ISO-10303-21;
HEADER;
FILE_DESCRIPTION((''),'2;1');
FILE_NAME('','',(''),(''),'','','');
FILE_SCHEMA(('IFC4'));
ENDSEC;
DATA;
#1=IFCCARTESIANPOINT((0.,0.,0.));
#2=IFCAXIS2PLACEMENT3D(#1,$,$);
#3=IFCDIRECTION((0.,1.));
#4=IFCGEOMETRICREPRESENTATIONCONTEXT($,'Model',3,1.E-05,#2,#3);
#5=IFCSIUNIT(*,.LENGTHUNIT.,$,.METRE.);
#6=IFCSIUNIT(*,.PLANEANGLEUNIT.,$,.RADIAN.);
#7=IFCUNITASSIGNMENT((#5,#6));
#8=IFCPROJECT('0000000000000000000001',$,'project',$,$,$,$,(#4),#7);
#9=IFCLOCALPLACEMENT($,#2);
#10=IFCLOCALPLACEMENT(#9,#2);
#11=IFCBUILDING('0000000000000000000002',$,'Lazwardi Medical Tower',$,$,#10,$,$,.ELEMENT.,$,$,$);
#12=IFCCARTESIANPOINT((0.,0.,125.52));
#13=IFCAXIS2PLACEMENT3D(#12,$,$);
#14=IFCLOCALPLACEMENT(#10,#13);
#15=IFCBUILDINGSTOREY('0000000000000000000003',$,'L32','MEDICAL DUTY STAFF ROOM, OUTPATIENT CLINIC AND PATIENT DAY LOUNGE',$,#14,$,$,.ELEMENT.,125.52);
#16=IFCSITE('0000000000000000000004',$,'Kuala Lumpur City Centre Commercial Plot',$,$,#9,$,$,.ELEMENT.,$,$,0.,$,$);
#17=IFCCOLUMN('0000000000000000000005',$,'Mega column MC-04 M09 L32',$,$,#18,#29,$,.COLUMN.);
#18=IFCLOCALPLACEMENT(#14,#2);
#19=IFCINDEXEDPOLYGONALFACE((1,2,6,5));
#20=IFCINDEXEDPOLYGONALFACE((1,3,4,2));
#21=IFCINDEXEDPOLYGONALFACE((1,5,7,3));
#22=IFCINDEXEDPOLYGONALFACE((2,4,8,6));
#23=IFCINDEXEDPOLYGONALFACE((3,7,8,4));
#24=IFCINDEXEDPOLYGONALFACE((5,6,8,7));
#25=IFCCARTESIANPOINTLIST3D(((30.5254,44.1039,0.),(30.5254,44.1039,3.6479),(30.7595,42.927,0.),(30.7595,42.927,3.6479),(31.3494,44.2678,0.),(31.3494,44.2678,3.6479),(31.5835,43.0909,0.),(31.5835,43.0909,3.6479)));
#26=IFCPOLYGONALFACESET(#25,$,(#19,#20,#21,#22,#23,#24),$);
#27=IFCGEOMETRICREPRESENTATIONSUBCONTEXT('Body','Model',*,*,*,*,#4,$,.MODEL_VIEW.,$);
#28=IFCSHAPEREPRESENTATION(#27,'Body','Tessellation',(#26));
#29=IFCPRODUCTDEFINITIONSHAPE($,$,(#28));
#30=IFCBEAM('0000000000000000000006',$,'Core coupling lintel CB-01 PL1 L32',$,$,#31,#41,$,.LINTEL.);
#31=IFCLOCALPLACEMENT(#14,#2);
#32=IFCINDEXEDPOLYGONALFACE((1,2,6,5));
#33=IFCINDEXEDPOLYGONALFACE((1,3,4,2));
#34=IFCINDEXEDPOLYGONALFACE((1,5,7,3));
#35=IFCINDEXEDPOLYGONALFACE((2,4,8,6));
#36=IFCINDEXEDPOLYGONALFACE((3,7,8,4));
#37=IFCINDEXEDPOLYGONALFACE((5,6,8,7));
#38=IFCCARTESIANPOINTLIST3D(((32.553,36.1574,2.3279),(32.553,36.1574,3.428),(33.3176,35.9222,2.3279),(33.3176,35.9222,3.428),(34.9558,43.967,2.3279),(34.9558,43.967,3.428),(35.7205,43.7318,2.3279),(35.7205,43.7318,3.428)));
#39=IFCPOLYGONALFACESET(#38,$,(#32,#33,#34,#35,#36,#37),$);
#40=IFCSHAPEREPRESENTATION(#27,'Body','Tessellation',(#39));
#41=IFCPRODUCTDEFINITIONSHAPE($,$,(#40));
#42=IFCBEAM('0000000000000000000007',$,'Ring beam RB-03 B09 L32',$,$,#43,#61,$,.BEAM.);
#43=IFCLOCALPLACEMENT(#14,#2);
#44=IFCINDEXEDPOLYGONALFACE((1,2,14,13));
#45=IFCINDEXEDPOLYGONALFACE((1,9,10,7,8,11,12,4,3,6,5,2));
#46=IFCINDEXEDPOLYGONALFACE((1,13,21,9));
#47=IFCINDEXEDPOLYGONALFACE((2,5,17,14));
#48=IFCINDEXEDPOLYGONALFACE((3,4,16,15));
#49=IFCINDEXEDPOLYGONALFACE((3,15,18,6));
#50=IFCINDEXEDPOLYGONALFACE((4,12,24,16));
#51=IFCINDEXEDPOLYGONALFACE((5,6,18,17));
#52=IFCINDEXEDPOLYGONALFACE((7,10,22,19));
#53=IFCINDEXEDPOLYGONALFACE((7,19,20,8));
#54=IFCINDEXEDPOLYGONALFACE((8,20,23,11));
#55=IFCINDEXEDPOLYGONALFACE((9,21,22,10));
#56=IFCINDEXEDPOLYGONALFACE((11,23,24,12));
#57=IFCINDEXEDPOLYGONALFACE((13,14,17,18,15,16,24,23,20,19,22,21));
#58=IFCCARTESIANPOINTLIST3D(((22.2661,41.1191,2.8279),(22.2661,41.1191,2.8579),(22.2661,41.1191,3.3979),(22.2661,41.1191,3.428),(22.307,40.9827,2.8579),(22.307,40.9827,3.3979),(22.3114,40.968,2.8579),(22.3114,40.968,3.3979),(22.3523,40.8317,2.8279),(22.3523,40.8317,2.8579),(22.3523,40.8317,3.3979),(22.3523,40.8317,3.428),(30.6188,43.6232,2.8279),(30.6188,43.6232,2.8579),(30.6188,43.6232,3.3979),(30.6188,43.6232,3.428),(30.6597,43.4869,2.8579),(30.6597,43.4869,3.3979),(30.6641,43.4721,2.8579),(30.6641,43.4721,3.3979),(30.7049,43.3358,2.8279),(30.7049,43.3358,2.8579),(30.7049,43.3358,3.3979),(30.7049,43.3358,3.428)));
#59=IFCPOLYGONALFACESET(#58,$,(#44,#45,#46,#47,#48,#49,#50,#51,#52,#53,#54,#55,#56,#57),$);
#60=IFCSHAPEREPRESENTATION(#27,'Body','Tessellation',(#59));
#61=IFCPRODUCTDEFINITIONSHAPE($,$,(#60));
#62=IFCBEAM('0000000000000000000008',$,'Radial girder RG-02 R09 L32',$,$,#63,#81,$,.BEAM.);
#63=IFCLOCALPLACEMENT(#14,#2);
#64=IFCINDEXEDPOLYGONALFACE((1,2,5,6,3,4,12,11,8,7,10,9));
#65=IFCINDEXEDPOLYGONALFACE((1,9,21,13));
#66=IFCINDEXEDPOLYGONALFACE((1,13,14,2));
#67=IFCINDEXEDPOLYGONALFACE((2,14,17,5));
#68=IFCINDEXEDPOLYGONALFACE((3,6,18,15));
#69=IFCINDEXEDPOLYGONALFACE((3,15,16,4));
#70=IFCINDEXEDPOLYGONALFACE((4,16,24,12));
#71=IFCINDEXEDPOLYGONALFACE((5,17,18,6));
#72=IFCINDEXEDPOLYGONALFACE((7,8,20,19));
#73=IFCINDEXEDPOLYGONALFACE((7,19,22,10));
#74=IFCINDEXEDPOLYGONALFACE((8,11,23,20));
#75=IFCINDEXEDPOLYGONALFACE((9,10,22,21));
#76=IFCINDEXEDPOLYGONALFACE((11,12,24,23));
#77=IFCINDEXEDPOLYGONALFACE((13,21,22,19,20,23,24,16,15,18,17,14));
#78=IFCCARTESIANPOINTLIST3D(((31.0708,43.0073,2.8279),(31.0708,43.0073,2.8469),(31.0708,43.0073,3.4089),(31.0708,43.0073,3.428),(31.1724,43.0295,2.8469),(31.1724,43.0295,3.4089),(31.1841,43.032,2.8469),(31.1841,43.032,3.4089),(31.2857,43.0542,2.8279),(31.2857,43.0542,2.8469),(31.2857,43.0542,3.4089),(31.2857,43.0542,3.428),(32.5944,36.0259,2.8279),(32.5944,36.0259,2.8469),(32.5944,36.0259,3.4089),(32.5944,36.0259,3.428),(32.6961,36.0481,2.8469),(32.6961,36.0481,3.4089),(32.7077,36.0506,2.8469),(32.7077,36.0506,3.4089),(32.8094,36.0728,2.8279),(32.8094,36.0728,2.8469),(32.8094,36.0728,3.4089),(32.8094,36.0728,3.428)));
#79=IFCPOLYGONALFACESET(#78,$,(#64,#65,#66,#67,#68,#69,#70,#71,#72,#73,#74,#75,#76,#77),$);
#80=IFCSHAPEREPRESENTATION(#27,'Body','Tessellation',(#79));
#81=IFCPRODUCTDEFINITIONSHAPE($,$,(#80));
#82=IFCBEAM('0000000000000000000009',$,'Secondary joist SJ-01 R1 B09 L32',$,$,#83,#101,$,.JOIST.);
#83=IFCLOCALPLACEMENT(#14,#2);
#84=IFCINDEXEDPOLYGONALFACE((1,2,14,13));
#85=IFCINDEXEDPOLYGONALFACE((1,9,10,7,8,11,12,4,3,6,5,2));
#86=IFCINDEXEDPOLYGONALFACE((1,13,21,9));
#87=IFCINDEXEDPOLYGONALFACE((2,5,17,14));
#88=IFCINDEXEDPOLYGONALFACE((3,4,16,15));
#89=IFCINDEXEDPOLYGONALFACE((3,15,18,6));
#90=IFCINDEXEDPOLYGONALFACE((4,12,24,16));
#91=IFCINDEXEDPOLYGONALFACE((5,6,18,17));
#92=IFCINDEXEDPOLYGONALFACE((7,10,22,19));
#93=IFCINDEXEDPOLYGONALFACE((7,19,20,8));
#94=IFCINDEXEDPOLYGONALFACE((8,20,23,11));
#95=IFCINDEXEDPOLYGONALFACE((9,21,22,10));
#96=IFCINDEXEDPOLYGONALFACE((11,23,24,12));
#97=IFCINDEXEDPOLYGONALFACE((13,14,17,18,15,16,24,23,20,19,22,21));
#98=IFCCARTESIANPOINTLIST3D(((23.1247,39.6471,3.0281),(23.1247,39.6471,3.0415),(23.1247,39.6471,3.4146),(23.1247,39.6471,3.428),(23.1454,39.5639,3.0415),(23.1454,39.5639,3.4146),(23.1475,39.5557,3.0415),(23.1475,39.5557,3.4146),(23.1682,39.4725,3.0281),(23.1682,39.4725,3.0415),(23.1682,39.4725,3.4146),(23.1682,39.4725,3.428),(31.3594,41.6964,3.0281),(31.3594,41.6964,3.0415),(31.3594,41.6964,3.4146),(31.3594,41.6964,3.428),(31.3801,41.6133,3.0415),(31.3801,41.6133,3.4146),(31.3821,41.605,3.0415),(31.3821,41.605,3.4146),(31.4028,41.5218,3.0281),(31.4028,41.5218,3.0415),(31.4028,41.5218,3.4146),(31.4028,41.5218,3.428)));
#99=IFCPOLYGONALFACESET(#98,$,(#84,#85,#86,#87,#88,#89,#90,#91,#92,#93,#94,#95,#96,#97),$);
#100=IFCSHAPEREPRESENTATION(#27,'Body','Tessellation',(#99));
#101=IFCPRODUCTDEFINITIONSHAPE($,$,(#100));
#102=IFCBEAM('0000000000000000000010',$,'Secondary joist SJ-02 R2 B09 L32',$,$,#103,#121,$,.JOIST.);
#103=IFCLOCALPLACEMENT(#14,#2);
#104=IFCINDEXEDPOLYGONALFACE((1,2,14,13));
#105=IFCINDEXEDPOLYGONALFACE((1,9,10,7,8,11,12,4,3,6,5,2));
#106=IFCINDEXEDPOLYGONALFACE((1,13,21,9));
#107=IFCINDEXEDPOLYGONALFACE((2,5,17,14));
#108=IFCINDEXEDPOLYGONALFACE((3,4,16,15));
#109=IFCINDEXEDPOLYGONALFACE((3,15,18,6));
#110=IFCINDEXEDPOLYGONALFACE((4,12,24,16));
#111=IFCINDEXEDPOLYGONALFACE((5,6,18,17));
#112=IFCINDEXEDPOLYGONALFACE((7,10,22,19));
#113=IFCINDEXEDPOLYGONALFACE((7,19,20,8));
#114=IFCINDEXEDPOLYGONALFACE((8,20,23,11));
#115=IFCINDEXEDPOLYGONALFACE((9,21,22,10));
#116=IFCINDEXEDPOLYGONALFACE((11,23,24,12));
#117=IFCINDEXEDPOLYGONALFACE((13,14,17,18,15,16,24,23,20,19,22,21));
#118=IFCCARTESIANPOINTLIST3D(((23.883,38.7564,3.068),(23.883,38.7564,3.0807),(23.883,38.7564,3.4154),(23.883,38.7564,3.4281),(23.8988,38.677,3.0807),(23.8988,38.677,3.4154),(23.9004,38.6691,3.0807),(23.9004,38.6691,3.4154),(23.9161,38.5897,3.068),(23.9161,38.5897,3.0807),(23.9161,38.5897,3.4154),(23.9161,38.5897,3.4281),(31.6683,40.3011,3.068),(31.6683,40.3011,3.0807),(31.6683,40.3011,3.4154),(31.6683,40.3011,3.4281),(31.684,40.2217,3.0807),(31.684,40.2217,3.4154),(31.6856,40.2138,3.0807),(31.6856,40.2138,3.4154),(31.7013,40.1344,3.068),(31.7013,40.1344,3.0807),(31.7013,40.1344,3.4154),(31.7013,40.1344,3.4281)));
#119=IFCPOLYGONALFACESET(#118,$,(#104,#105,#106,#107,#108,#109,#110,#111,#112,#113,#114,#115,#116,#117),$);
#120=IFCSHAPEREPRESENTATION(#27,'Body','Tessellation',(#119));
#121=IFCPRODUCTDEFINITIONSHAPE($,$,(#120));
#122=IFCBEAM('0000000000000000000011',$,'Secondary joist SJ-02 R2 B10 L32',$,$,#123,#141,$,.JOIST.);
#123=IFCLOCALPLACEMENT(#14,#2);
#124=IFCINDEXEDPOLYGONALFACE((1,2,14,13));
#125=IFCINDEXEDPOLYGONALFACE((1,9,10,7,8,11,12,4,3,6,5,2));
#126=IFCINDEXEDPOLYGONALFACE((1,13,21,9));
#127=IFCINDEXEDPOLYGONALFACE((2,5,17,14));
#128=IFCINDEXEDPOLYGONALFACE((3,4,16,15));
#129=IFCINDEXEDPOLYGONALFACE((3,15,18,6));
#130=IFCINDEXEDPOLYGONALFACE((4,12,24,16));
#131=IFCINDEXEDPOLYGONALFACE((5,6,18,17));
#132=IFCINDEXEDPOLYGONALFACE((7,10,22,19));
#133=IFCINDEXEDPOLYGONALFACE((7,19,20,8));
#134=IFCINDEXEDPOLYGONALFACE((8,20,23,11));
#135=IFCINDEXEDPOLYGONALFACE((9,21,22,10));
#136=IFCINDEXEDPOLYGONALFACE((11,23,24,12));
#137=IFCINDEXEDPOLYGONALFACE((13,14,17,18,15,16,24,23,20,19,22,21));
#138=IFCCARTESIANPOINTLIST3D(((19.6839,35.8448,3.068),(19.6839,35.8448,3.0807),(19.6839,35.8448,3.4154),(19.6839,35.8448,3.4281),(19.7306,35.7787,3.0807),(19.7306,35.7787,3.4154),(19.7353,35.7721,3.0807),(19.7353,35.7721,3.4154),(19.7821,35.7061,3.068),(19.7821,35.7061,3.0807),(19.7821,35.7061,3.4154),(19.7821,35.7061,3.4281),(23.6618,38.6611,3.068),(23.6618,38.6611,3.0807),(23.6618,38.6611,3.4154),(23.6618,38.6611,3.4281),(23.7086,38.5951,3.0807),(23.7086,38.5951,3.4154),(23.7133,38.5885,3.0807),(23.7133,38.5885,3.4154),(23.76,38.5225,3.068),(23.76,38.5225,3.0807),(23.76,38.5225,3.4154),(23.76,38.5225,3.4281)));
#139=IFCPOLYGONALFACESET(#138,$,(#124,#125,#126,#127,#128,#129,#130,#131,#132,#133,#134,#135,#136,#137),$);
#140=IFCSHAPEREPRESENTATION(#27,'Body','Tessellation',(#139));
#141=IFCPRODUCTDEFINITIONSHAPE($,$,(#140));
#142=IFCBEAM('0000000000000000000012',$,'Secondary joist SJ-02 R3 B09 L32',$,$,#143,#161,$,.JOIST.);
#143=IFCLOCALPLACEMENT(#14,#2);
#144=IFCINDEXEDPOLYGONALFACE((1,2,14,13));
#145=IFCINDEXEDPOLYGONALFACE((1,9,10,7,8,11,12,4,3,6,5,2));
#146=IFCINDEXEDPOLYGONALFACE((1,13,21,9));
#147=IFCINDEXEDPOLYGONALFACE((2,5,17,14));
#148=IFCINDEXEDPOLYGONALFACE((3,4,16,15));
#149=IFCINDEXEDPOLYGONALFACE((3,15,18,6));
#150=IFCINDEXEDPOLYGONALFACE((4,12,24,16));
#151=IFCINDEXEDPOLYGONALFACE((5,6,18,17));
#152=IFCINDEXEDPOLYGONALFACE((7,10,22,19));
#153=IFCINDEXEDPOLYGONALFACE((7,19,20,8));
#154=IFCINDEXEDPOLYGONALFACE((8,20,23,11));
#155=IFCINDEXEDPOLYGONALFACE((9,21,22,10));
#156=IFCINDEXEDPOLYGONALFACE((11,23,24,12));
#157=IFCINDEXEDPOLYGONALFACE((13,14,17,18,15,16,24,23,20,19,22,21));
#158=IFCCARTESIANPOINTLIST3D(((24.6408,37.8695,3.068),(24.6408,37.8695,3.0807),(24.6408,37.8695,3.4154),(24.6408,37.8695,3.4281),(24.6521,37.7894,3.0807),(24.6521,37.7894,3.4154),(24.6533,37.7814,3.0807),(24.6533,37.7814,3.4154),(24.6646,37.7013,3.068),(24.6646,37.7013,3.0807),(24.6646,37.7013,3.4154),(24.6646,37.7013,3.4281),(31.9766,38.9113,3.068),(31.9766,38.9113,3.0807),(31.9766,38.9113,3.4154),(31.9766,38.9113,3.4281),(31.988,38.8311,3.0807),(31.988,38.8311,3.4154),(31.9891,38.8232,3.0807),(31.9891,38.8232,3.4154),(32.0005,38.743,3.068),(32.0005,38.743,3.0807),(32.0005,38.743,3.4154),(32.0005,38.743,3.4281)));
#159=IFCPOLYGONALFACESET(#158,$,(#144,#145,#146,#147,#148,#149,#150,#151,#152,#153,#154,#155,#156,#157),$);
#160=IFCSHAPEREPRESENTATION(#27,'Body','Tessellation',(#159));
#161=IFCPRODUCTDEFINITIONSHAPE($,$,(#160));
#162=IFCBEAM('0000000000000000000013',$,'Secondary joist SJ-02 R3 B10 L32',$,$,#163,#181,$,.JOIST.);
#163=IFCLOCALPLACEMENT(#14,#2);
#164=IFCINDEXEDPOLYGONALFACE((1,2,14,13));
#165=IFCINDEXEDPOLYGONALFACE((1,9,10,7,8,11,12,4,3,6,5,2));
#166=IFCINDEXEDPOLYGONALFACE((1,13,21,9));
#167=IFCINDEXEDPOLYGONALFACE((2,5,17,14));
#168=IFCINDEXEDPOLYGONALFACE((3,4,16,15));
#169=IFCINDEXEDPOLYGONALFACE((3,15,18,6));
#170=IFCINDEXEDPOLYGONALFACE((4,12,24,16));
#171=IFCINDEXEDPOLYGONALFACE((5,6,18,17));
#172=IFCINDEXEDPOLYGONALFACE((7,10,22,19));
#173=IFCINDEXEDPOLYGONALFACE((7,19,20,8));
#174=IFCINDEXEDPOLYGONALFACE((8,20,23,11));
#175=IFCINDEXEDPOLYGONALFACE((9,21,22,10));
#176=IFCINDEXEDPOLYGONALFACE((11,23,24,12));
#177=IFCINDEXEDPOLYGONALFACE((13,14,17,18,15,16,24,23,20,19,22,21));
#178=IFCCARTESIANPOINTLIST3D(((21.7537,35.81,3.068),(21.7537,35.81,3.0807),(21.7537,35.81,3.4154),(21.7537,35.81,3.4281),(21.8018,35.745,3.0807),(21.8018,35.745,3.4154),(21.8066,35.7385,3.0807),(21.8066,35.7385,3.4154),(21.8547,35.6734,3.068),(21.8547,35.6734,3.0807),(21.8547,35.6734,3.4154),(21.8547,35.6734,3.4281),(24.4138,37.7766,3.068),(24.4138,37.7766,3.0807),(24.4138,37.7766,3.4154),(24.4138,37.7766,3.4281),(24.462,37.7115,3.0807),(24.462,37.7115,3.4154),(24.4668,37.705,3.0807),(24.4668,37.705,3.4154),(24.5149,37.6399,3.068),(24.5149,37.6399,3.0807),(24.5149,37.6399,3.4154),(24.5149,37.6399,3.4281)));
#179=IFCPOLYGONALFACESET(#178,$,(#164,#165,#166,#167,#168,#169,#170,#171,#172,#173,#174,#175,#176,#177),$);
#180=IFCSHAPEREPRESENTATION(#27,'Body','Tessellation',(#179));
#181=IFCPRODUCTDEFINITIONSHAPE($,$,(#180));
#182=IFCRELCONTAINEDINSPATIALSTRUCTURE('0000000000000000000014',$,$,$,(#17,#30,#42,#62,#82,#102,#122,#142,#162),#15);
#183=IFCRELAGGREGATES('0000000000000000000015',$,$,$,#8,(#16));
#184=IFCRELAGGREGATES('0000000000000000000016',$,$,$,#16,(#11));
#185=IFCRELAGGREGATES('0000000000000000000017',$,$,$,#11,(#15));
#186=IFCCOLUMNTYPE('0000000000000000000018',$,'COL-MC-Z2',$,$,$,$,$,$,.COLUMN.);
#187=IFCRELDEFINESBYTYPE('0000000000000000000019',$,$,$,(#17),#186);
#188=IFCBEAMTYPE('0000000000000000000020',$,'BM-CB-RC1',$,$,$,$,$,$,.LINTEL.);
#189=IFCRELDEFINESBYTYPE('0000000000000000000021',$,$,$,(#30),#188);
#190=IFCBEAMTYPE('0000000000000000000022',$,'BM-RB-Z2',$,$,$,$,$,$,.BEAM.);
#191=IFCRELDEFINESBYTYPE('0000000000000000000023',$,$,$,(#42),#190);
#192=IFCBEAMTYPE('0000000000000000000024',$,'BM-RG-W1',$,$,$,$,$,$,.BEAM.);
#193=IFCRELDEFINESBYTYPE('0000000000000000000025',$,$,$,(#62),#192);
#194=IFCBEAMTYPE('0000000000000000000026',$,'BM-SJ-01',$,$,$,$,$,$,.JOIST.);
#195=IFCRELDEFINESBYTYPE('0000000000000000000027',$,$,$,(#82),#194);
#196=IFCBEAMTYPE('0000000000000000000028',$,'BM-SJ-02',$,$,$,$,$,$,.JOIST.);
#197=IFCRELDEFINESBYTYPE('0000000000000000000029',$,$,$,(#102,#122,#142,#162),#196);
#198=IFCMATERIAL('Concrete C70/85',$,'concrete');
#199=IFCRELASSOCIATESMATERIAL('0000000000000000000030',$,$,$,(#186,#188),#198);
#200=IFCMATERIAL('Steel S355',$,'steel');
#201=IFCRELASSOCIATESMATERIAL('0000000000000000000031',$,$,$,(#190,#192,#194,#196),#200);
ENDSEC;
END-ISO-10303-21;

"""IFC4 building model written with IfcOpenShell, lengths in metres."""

from ifc_helpers import new_model, si_unit, direction, frame, origin, origin_2d, place, context, subcontext, project, spatial, rectangle, i_section, extrude, material, material_profile, profile_set, type_object, element, save


model = new_model("IFC4")

# Units and contexts
model_context = context("Model", 3, precision=1e-05, world=origin(), true_north=direction((0.0, 1.0)))
body_context = subcontext(model_context, "Body", "Model", "MODEL_VIEW")
ifc_project = project(units=[si_unit("LENGTHUNIT", "METRE"), si_unit("PLANEANGLEUNIT", "RADIAN")], contexts=[model_context])

# Site, building, storey
site_placement = place(None, origin())
site = spatial("IfcSite", under=ifc_project, at=site_placement, Name="Kuala Lumpur City Centre Commercial Plot", CompositionType="ELEMENT", RefElevation=0.0)
building_placement = place(site_placement, origin())
building = spatial("IfcBuilding", under=site, at=building_placement, Name="Lazwardi Medical Tower", CompositionType="ELEMENT")
storey_placement = place(building_placement, frame((0.0, 0.0, 125.52)))
storey = spatial("IfcBuildingStorey", under=building, at=storey_placement, Name="L32", Description="MEDICAL DUTY STAFF ROOM, OUTPATIENT CLINIC AND PATIENT DAY LOUNGE", CompositionType="ELEMENT", Elevation=125.52)

# Column
ifc_material_1 = material(Name="Concrete C70/85", Category="concrete")
ifc_material_profile_1 = material_profile(ifc_material_1, rectangle(XDim=1.2, YDim=0.8401, at=origin_2d()), Name="CFT-RECT 1200x840")
ifc_profile_set_1 = profile_set([ifc_material_profile_1], Name="Concrete C70/85")
column_type = type_object("IfcColumnType", Name="COL-MC-Z2", PredefinedType="COLUMN", material=ifc_profile_set_1)
column_placement = place(storey_placement, frame((31.0544, 43.5974, 0.0), z_axis=(0.0, 0.0, 1.0), x_axis=(-0.19509, 0.980785, 0.0)))
element("IfcColumn", 1, at=column_placement, inside=storey, type_object=column_type, Name="Mega column MC-04 M09 L32", PredefinedType="COLUMN", context=body_context, shape_type="SweptSolid", body=[
    extrude(rectangle(XDim=1.2, YDim=0.8401, at=origin_2d()), origin(), (0.0, 0.0, 1.0), 3.6479),
])

# Beams
ifc_material_profile_2 = material_profile(ifc_material_1, rectangle(XDim=0.8, YDim=1.1001, at=origin_2d()), Name="RC 800x1100")
ifc_profile_set_2 = profile_set([ifc_material_profile_2], Name="Concrete C70/85")
beam_type_1 = type_object("IfcBeamType", Name="BM-CB-RC1", PredefinedType="LINTEL", material=ifc_profile_set_2)
beam_1_placement = place(storey_placement, frame((32.9353, 36.0398, 2.8779), z_axis=(0.294073, 0.955783, 0.0), x_axis=(-0.955783, 0.294073, 0.0)))
element("IfcBeam", 2, at=beam_1_placement, inside=storey, type_object=beam_type_1, Name="Core coupling lintel CB-01 PL1 L32", PredefinedType="LINTEL", context=body_context, shape_type="SweptSolid", body=[
    extrude(rectangle(XDim=0.8, YDim=1.1001, at=origin_2d()), origin(), (0.0, 0.0, 1.0), 8.1709),
])
ifc_material_2 = material(Name="Steel S355", Category="steel")
ifc_material_profile_3 = material_profile(ifc_material_2, i_section(OverallWidth=0.3, OverallDepth=0.6001, WebThickness=0.0154, FlangeThickness=0.03, at=origin_2d()), Name="HEB 600")
ifc_profile_set_3 = profile_set([ifc_material_profile_3], Name="Steel S355")
beam_type_2 = type_object("IfcBeamType", Name="BM-RB-Z2", PredefinedType="BEAM", material=ifc_profile_set_3)
beam_2_placement = place(storey_placement, frame((30.6619, 43.4795, 3.1279), z_axis=(-0.957879, -0.287171, 0.0), x_axis=(0.287171, -0.957879, 0.0)))
element("IfcBeam", 3, at=beam_2_placement, inside=storey, type_object=beam_type_2, Name="Ring beam RB-03 B09 L32", PredefinedType="BEAM", context=body_context, shape_type="SweptSolid", body=[
    extrude(i_section(OverallWidth=0.3, OverallDepth=0.6001, WebThickness=0.0154, FlangeThickness=0.03, at=origin_2d()), origin(), (0.0, 0.0, 1.0), 8.72),
])
ifc_material_profile_4 = material_profile(ifc_material_2, i_section(OverallWidth=0.22, OverallDepth=0.6001, WebThickness=0.012, FlangeThickness=0.019, at=origin_2d()), Name="IPE 600")
ifc_profile_set_4 = profile_set([ifc_material_profile_4], Name="Steel S355")
beam_type_3 = type_object("IfcBeamType", Name="BM-RG-W1", PredefinedType="BEAM", material=ifc_profile_set_4)
beam_3_placement = place(storey_placement, frame((31.1782, 43.0308, 3.1279), z_axis=(0.213228, -0.977002, 0.0), x_axis=(0.977002, 0.213228, 0.0)))
element("IfcBeam", 4, at=beam_3_placement, inside=storey, type_object=beam_type_3, Name="Radial girder RG-02 R09 L32", PredefinedType="BEAM", context=body_context, shape_type="SweptSolid", body=[
    extrude(i_section(OverallWidth=0.22, OverallDepth=0.6001, WebThickness=0.012, FlangeThickness=0.019, at=origin_2d()), origin(), (0.0, 0.0, 1.0), 7.1458),
])
ifc_material_profile_5 = material_profile(ifc_material_2, i_section(OverallWidth=0.1799, OverallDepth=0.3999, WebThickness=0.0085, FlangeThickness=0.0134, at=origin_2d()), Name="IPE 400")
ifc_profile_set_5 = profile_set([ifc_material_profile_5], Name="Steel S355")
beam_type_4 = type_object("IfcBeamType", Name="BM-SJ-01", PredefinedType="JOIST", material=ifc_profile_set_5)
beam_4_placement = place(storey_placement, frame((31.3811, 41.6091, 3.228), z_axis=(-0.970401, -0.2415, 0.0), x_axis=(0.2415, -0.970401, 0.0)))
element("IfcBeam", 5, at=beam_4_placement, inside=storey, type_object=beam_type_4, Name="Secondary joist SJ-01 R1 B09 L32", PredefinedType="JOIST", context=body_context, shape_type="SweptSolid", body=[
    extrude(i_section(OverallWidth=0.1799, OverallDepth=0.3999, WebThickness=0.0085, FlangeThickness=0.0134, at=origin_2d()), origin(), (0.0, 0.0, 1.0), 8.4858),
])
ifc_material_profile_6 = material_profile(ifc_material_2, i_section(OverallWidth=0.1699, OverallDepth=0.3601, WebThickness=0.0081, FlangeThickness=0.0127, at=origin_2d()), Name="IPE 360")
ifc_profile_set_6 = profile_set([ifc_material_profile_6], Name="Steel S355")
beam_type_5 = type_object("IfcBeamType", Name="BM-SJ-02", PredefinedType="JOIST", material=ifc_profile_set_6)
beam_5_placement = place(storey_placement, frame((31.6848, 40.2178, 3.248), z_axis=(-0.980879, -0.194619, 0.0), x_axis=(0.194619, -0.980879, 0.0)))
element("IfcBeam", 6, at=beam_5_placement, inside=storey, type_object=beam_type_5, Name="Secondary joist SJ-02 R2 B09 L32", PredefinedType="JOIST", context=body_context, shape_type="SweptSolid", body=[
    extrude(i_section(OverallWidth=0.1699, OverallDepth=0.3601, WebThickness=0.0081, FlangeThickness=0.0127, at=origin_2d()), origin(), (0.0, 0.0, 1.0), 7.937),
])
beam_6_placement = place(storey_placement, frame((23.7109, 38.5918, 3.248), z_axis=(-0.816156, -0.577831, 0.0), x_axis=(0.577831, -0.816156, 0.0)))
element("IfcBeam", 7, at=beam_6_placement, inside=storey, type_object=beam_type_5, Name="Secondary joist SJ-02 R2 B10 L32", PredefinedType="JOIST", context=body_context, shape_type="SweptSolid", body=[
    extrude(i_section(OverallWidth=0.1699, OverallDepth=0.3601, WebThickness=0.0081, FlangeThickness=0.0127, at=origin_2d()), origin(), (0.0, 0.0, 1.0), 4.874),
])
beam_7_placement = place(storey_placement, frame((31.9885, 38.8271, 3.248), z_axis=(-0.990067, -0.140596, 0.0), x_axis=(0.140596, -0.990067, 0.0)))
element("IfcBeam", 8, at=beam_7_placement, inside=storey, type_object=beam_type_5, Name="Secondary joist SJ-02 R3 B09 L32", PredefinedType="JOIST", context=body_context, shape_type="SweptSolid", body=[
    extrude(i_section(OverallWidth=0.1699, OverallDepth=0.3601, WebThickness=0.0081, FlangeThickness=0.0127, at=origin_2d()), origin(), (0.0, 0.0, 1.0), 7.4094),
])
beam_8_placement = place(storey_placement, frame((24.4644, 37.7083, 3.248), z_axis=(-0.804126, -0.59446, 0.0), x_axis=(0.59446, -0.804126, 0.0)))
element("IfcBeam", 9, at=beam_8_placement, inside=storey, type_object=beam_type_5, Name="Secondary joist SJ-02 R3 B10 L32", PredefinedType="JOIST", context=body_context, shape_type="SweptSolid", body=[
    extrude(i_section(OverallWidth=0.1699, OverallDepth=0.3601, WebThickness=0.0081, FlangeThickness=0.0127, at=origin_2d()), origin(), (0.0, 0.0, 1.0), 3.3081),
])

save(model, "model.ifc")
